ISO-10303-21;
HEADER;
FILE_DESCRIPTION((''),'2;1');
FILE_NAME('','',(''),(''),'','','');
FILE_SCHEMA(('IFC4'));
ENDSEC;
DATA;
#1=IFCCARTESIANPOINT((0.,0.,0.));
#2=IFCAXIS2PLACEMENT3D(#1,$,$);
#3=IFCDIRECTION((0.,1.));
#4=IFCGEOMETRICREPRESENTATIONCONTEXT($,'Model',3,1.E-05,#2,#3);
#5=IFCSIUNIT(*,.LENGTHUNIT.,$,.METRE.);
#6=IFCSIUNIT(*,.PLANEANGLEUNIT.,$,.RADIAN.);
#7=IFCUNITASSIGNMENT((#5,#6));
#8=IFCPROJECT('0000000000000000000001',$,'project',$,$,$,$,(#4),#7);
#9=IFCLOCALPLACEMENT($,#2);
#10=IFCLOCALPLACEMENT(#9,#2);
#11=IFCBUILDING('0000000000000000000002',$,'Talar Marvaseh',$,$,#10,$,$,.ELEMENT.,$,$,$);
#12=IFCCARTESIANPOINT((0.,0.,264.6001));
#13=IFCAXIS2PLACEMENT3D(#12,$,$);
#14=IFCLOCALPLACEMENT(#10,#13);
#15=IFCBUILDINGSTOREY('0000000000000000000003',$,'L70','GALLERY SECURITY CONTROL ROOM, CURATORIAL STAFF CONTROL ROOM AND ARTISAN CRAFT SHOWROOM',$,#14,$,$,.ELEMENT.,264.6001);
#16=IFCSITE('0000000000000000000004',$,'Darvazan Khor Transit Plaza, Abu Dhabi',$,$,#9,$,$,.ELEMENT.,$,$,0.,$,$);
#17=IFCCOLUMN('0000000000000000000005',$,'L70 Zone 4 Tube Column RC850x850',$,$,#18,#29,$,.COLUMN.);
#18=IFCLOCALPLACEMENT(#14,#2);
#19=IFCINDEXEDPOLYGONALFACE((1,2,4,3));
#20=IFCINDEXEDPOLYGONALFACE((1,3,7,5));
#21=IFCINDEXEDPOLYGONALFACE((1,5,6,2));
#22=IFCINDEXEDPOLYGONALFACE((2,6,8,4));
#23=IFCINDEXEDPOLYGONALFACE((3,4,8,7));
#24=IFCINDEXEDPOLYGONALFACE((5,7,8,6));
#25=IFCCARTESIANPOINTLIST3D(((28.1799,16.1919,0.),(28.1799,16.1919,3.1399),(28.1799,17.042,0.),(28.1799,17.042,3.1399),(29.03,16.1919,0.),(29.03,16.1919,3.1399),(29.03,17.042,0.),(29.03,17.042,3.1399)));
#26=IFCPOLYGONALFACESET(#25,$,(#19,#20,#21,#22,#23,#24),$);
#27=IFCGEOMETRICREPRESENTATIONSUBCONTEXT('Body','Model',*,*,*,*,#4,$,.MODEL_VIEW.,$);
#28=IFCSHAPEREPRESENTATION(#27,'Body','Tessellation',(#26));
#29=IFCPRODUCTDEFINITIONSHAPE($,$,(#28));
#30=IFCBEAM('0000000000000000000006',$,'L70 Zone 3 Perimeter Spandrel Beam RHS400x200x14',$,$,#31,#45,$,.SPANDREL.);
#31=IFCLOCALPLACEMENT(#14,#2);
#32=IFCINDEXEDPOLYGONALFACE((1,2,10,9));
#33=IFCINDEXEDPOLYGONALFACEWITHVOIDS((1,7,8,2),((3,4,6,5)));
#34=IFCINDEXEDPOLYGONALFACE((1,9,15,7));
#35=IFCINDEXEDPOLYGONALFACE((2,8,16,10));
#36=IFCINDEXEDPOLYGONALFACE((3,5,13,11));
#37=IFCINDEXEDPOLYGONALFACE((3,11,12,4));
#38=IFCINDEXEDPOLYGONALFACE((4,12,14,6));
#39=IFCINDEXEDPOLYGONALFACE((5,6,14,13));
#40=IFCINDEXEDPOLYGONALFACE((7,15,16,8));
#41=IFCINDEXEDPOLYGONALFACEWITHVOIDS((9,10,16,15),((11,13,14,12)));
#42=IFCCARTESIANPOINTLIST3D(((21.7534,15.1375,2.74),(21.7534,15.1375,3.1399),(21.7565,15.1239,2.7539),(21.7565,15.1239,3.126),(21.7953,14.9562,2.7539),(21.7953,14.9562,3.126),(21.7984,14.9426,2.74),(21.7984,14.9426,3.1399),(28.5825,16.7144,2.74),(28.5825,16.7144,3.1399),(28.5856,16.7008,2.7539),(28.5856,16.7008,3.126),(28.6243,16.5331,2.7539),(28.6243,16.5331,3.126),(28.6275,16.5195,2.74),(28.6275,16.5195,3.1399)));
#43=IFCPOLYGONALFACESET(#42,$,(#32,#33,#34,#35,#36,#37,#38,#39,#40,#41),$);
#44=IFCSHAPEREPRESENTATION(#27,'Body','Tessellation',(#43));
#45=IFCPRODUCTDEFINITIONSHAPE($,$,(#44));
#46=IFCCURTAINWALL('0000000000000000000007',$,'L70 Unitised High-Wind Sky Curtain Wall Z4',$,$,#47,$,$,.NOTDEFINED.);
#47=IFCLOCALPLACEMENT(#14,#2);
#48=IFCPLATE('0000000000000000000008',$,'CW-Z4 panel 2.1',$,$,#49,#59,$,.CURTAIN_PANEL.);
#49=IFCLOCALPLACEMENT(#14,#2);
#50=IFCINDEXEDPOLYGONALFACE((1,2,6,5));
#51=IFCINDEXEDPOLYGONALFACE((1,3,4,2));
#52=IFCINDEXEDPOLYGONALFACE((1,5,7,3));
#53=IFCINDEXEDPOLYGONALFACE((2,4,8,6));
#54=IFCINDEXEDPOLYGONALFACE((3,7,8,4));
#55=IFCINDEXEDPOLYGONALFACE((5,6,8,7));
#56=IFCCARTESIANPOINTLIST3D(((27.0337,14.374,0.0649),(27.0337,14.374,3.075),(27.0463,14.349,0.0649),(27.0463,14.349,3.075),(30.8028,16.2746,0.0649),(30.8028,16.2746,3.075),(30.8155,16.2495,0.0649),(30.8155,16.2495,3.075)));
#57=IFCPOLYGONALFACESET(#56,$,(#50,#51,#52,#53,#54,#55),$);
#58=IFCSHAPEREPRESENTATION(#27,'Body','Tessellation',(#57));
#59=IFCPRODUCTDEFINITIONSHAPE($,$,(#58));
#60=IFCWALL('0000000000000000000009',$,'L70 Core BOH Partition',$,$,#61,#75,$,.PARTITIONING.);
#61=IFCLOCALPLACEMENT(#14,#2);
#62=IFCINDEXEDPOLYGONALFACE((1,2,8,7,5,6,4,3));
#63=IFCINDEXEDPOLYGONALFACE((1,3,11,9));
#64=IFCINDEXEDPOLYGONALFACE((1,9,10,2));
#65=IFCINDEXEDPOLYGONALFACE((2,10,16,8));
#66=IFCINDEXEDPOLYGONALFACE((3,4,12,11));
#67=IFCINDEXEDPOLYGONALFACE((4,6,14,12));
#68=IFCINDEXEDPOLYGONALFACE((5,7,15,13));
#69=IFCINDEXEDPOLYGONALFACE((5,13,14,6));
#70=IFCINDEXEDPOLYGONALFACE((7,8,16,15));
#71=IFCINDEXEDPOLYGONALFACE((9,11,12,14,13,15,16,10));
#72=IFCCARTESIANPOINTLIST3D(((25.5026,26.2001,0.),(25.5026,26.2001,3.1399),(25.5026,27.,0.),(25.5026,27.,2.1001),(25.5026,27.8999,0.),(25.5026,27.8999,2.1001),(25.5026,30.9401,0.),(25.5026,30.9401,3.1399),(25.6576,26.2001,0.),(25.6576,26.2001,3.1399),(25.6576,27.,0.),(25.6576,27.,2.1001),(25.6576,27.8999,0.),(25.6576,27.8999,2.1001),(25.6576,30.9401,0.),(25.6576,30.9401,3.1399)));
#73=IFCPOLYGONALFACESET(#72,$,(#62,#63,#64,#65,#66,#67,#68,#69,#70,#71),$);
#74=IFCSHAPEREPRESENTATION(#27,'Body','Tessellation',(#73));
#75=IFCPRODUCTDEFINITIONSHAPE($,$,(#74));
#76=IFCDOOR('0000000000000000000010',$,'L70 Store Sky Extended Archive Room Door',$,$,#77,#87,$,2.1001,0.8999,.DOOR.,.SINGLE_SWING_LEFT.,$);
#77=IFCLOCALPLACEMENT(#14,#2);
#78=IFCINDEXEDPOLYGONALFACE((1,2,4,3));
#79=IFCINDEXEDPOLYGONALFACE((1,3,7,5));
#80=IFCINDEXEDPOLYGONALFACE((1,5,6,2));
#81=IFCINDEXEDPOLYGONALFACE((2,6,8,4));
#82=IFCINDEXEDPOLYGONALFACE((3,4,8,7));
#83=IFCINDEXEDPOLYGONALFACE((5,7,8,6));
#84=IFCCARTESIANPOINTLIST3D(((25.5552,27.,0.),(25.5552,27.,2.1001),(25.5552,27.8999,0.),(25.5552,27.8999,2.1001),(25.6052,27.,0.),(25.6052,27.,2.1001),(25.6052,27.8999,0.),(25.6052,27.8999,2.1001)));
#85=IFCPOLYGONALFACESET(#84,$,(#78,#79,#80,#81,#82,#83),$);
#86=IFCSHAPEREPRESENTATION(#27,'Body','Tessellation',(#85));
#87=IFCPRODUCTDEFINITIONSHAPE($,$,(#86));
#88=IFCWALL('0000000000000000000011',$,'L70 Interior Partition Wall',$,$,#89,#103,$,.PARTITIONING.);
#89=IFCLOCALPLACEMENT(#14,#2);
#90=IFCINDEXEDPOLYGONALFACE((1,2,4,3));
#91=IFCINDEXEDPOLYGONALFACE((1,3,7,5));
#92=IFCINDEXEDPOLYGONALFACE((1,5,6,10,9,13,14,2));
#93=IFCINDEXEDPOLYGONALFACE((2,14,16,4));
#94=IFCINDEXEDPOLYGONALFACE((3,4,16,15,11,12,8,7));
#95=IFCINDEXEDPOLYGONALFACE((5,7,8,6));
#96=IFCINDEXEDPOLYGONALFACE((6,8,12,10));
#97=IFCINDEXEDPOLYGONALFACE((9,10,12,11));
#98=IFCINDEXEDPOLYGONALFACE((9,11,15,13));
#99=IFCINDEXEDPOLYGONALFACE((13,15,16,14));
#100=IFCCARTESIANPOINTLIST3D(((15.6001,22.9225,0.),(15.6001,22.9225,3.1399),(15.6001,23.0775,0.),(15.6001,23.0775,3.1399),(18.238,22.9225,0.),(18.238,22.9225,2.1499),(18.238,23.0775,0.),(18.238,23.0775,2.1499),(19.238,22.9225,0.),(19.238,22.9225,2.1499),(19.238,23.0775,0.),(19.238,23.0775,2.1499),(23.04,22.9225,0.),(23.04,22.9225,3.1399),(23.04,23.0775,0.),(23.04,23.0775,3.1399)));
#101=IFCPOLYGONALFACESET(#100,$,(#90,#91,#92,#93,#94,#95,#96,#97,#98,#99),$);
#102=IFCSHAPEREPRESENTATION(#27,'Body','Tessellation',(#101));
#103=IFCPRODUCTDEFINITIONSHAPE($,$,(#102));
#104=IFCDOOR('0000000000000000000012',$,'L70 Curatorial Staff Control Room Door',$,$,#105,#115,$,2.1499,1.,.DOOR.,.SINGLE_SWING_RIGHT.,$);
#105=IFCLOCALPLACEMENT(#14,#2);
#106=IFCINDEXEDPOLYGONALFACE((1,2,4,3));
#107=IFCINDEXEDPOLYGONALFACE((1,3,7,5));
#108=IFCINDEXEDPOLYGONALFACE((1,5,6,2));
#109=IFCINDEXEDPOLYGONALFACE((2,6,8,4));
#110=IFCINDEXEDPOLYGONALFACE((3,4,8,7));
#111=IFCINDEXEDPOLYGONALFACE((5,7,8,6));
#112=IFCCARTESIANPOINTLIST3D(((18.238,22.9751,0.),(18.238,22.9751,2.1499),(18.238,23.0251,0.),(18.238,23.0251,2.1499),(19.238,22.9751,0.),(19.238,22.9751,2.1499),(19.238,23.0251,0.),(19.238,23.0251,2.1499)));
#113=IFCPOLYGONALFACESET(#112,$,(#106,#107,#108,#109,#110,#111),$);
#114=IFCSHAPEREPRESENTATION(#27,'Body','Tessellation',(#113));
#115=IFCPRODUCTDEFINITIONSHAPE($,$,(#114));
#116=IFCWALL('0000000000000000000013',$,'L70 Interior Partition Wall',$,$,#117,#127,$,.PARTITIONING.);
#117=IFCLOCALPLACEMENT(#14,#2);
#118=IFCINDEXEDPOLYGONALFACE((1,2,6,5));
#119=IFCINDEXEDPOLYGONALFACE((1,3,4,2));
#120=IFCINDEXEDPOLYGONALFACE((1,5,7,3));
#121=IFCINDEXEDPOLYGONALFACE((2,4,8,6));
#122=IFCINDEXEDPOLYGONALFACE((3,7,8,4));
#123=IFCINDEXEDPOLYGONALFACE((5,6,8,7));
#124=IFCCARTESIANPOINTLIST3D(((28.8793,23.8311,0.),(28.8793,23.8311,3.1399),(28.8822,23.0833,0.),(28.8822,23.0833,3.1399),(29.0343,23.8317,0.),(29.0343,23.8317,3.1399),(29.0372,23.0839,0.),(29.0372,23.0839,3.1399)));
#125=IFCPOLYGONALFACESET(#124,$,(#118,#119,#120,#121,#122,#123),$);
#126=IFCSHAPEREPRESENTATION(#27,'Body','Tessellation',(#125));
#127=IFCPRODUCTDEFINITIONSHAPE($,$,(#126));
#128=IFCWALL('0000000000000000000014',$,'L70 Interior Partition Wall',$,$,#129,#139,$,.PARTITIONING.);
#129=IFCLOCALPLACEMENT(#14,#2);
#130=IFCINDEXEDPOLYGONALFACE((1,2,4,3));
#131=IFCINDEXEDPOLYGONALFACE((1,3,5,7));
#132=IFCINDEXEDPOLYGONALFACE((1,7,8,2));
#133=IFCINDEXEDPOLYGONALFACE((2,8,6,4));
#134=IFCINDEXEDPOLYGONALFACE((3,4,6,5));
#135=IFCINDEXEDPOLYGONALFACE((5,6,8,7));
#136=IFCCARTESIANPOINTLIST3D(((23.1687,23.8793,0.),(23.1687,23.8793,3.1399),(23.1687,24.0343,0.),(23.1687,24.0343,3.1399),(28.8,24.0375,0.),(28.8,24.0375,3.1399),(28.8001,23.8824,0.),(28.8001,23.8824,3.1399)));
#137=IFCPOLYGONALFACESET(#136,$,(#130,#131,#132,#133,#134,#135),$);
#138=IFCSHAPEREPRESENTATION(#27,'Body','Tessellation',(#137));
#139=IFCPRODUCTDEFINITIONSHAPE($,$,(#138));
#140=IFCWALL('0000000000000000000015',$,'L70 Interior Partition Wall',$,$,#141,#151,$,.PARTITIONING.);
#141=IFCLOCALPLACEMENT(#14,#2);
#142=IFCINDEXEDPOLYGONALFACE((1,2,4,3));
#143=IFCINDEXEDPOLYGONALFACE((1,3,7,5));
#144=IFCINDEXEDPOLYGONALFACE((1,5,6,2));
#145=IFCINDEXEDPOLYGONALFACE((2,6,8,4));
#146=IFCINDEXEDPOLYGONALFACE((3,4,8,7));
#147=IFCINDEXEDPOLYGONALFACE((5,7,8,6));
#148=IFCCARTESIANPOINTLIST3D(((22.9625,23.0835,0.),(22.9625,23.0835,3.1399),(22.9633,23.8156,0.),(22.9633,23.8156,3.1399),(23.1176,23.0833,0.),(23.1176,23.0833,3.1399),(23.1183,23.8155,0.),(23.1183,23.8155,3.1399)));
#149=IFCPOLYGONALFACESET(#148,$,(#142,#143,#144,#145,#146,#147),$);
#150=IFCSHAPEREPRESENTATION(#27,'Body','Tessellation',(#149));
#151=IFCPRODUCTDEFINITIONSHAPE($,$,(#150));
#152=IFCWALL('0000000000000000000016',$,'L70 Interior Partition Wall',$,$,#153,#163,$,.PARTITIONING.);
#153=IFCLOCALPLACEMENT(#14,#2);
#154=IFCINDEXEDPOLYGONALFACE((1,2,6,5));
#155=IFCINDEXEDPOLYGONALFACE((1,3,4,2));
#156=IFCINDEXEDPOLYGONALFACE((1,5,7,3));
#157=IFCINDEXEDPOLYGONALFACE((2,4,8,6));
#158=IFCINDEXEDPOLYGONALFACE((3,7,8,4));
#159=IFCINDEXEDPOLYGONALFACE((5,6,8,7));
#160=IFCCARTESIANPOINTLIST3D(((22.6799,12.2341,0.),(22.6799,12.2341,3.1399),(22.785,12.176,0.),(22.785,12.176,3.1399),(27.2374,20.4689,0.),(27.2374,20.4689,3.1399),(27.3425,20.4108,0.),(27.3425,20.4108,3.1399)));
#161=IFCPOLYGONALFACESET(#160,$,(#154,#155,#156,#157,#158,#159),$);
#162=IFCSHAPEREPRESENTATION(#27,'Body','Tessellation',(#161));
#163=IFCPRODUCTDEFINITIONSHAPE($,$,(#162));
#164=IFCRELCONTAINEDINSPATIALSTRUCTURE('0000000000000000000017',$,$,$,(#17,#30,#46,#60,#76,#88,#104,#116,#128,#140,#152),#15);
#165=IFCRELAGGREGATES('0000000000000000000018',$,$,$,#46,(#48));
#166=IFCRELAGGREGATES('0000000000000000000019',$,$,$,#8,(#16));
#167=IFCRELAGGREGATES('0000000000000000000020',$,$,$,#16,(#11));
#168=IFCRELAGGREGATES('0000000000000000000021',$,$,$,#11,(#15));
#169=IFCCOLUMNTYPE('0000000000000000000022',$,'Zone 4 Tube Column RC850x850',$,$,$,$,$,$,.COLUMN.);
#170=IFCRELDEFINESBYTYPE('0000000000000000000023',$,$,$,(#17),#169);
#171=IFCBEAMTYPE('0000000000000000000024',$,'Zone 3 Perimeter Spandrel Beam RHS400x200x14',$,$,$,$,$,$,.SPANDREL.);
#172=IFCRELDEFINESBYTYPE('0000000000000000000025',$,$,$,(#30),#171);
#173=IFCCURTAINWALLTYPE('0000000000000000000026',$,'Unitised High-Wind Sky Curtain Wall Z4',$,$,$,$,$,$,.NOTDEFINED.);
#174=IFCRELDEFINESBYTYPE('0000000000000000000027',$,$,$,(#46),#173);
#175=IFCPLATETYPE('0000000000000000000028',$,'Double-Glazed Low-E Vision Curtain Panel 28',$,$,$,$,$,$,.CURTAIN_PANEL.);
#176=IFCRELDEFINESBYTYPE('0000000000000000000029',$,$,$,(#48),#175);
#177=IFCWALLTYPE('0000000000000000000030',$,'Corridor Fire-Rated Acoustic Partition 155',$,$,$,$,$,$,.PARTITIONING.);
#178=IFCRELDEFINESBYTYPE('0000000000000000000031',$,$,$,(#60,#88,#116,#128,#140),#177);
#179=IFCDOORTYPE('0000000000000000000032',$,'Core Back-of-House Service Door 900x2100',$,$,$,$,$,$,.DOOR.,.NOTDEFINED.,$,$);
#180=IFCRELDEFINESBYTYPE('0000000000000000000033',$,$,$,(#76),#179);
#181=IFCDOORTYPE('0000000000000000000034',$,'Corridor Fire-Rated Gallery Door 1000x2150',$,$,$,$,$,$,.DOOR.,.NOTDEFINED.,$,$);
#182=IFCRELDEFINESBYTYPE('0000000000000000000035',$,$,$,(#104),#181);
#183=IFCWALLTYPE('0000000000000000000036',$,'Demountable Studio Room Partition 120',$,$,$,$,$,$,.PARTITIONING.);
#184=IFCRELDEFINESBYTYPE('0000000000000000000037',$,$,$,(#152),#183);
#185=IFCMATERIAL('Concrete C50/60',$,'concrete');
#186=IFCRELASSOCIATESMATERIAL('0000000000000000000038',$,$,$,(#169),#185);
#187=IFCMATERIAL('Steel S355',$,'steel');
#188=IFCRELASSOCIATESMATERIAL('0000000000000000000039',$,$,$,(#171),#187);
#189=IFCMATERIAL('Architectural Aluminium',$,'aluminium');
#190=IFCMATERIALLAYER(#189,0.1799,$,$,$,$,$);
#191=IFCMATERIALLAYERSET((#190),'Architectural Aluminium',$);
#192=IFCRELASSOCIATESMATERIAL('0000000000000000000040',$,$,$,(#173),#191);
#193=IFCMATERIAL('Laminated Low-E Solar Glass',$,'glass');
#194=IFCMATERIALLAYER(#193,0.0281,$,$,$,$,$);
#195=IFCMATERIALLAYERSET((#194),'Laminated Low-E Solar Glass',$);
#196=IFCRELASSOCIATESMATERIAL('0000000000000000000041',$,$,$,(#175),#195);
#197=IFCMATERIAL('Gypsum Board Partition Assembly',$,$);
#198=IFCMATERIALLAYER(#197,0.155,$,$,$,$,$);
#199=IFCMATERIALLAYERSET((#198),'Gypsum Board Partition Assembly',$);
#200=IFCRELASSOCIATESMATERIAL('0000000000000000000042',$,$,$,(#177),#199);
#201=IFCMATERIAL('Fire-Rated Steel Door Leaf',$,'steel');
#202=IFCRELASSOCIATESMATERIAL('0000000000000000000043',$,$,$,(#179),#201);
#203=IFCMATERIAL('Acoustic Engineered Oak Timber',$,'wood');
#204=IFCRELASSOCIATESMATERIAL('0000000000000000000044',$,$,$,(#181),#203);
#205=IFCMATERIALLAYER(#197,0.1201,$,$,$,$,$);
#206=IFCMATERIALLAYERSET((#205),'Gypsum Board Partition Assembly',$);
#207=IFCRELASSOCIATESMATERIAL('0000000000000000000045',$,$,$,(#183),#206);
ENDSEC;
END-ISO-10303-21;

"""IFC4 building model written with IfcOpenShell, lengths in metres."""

from ifc_helpers import new_model, si_unit, direction, frame, frame_2d, origin, origin_2d, place, context, subcontext, project, spatial, rectangle, hollow_rectangle, extrude, source, transform, mapped, material, layer, layer_set, material_profile, profile_set, type_object, type_shapes, element, fill, aggregate, save


model = new_model("IFC4")

# Units and contexts
model_context = context("Model", 3, precision=1e-05, world=origin(), true_north=direction((0.0, 1.0)))
body_context = subcontext(model_context, "Body", "Model", "MODEL_VIEW")
ifc_project = project(units=[si_unit("LENGTHUNIT", "METRE"), si_unit("PLANEANGLEUNIT", "RADIAN")], contexts=[model_context])

# Site, building, storey
site_placement = place(None, origin())
site = spatial("IfcSite", under=ifc_project, at=site_placement, Name="Darvazan Khor Transit Plaza, Abu Dhabi", CompositionType="ELEMENT", RefElevation=0.0)
building_placement = place(site_placement, origin())
building = spatial("IfcBuilding", under=site, at=building_placement, Name="Talar Marvaseh", CompositionType="ELEMENT")
storey_placement = place(building_placement, frame((0.0, 0.0, 264.6001)))
storey = spatial("IfcBuildingStorey", under=building, at=storey_placement, Name="L70", Description="GALLERY SECURITY CONTROL ROOM, CURATORIAL STAFF CONTROL ROOM AND ARTISAN CRAFT SHOWROOM", CompositionType="ELEMENT", Elevation=264.6001)

# Column
ifc_material_1 = material(Name="Concrete C50/60", Category="concrete")
ifc_material_profile_1 = material_profile(ifc_material_1, rectangle(XDim=0.8501, YDim=0.8501, at=origin_2d()), Name="RC850x850")
ifc_profile_set_1 = profile_set([ifc_material_profile_1], Name="Concrete C50/60")
column_type = type_object("IfcColumnType", Name="Zone 4 Tube Column RC850x850", PredefinedType="COLUMN", material=ifc_profile_set_1)
column_placement = place(storey_placement, frame((28.605, 16.6169, 0.0), z_axis=(0.0, 0.0, 1.0), x_axis=(1.0, 0.0, 0.0)))
element("IfcColumn", 1, at=column_placement, inside=storey, type_object=column_type, Name="L70 Zone 4 Tube Column RC850x850", PredefinedType="COLUMN", context=body_context, shape_type="SweptSolid", body=[
    extrude(rectangle(XDim=0.8501, YDim=0.8501, at=origin_2d()), origin(), (0.0, 0.0, 1.0), 3.1399),
])

# Beam
ifc_material_2 = material(Name="Steel S355", Category="steel")
ifc_material_profile_2 = material_profile(ifc_material_2, hollow_rectangle(XDim=0.2, YDim=0.3999, WallThickness=0.0139, at=origin_2d()), Name="RHS400x200x14")
ifc_profile_set_2 = profile_set([ifc_material_profile_2], Name="Steel S355")
beam_type = type_object("IfcBeamType", Name="Zone 3 Perimeter Spandrel Beam RHS400x200x14", PredefinedType="SPANDREL", material=ifc_profile_set_2)
beam_placement = place(storey_placement, frame((28.605, 16.6169, 2.9399), z_axis=(-0.974361, -0.224989, 0.0), x_axis=(0.224989, -0.974361, 0.0)))
element("IfcBeam", 2, at=beam_placement, inside=storey, type_object=beam_type, Name="L70 Zone 3 Perimeter Spandrel Beam RHS400x200x14", PredefinedType="SPANDREL", context=body_context, shape_type="SweptSolid", body=[
    extrude(hollow_rectangle(XDim=0.2, YDim=0.3999, WallThickness=0.0139, at=origin_2d()), origin(), (0.0, 0.0, 1.0), 7.0088),
])

# Curtain wall, plate
ifc_material_3 = material(Name="Architectural Aluminium", Category="aluminium")
ifc_layer_1 = layer(ifc_material_3, 0.1799)
ifc_layer_set_1 = layer_set([ifc_layer_1], Name="Architectural Aluminium")
curtain_wall_type = type_object("IfcCurtainWallType", Name="Unitised High-Wind Sky Curtain Wall Z4", PredefinedType="NOTDEFINED", material=ifc_layer_set_1)
curtain_wall_placement = place(storey_placement, origin())
curtain_wall = element("IfcCurtainWall", 3, at=curtain_wall_placement, inside=storey, type_object=curtain_wall_type, Name="L70 Unitised High-Wind Sky Curtain Wall Z4", PredefinedType="NOTDEFINED")
ifc_material_4 = material(Name="Laminated Low-E Solar Glass", Category="glass")
ifc_layer_2 = layer(ifc_material_4, 0.0281)
ifc_layer_set_2 = layer_set([ifc_layer_2], Name="Laminated Low-E Solar Glass")
plate_type = type_object("IfcPlateType", Name="Double-Glazed Low-E Vision Curtain Panel 28", PredefinedType="CURTAIN_PANEL", material=ifc_layer_set_2)
shared_shape_1 = source(origin(), body_context, "Body", "SweptSolid", [
    extrude(rectangle(XDim=4.2212, YDim=0.0281, at=origin_2d()), origin(), (0.0, 0.0, 1.0), 3.01),
])
type_shapes(plate_type, [shared_shape_1])
plate_placement = place(storey_placement, frame((28.9246, 15.3118, 0.0649), z_axis=(0.0, 0.0, 1.0), x_axis=(-0.892909, -0.450237, 0.0)))
plate = element("IfcPlate", 4, at=plate_placement, type_object=plate_type, Name="CW-Z4 panel 2.1", PredefinedType="CURTAIN_PANEL", context=body_context, shape_type="MappedRepresentation", body=[
    mapped(shared_shape_1, transform((0.0, 0.0, 0.0), x_axis=(1.0, 0.0, 0.0), y_axis=(0.0, 1.0, 0.0), z_axis=(0.0, 0.0, 1.0), scale=1.0)),
])
aggregate(curtain_wall, [plate])

# Walls, openings, doors
ifc_material_5 = material(Name="Gypsum Board Partition Assembly")
ifc_layer_3 = layer(ifc_material_5, 0.155)
ifc_layer_set_3 = layer_set([ifc_layer_3], Name="Gypsum Board Partition Assembly")
wall_type_1 = type_object("IfcWallType", Name="Corridor Fire-Rated Acoustic Partition 155", PredefinedType="PARTITIONING", material=ifc_layer_set_3)
wall_1_placement = place(storey_placement, frame((25.5801, 26.2, 0.0), z_axis=(0.0, 0.0, 1.0), x_axis=(0.0, 1.0, 0.0)))
wall_1 = element("IfcWall", 5, at=wall_1_placement, inside=storey, type_object=wall_type_1, Name="L70 Core BOH Partition", PredefinedType="PARTITIONING", context=body_context, shape_type="SweptSolid", body=[
    extrude(rectangle(XDim=4.74, YDim=0.155, at=frame_2d((2.3701, 0.0))), origin(), (0.0, 0.0, 1.0), 3.1399),
])
opening_1_placement = place(wall_1_placement, frame((0.8, 0.0, 0.0)))
opening_1 = element("IfcOpeningElement", 6, at=opening_1_placement, cuts=wall_1, PredefinedType="OPENING", context=body_context, shape_type="SweptSolid", body=[
    extrude(rectangle(XDim=0.8999, YDim=2.1001, at=frame_2d((0.45, 1.05))), frame((0.0, 0.0874, 0.0), z_axis=(0.0, -1.0, 0.0), x_axis=(1.0, 0.0, 0.0)), (0.0, 0.0, 1.0), 0.175),
])
ifc_material_6 = material(Name="Fire-Rated Steel Door Leaf", Category="steel")
door_type_1 = type_object("IfcDoorType", Name="Core Back-of-House Service Door 900x2100", OperationType="NOTDEFINED", PredefinedType="DOOR", material=ifc_material_6)
shared_shape_2 = source(origin(), body_context, "Body", "SweptSolid", [
    extrude(rectangle(XDim=0.8999, YDim=2.1001, at=frame_2d((0.45, 1.05))), frame((0.0, 0.0249, 0.0), z_axis=(0.0, -1.0, 0.0), x_axis=(1.0, 0.0, 0.0)), (0.0, 0.0, 1.0), 0.05),
])
type_shapes(door_type_1, [shared_shape_2])
door_1_placement = place(opening_1_placement, origin())
door_1 = element("IfcDoor", 7, at=door_1_placement, inside=storey, type_object=door_type_1, Name="L70 Store Sky Extended Archive Room Door", OperationType="SINGLE_SWING_LEFT", OverallHeight=2.1001, OverallWidth=0.8999, PredefinedType="DOOR", context=body_context, shape_type="MappedRepresentation", body=[
    mapped(shared_shape_2, transform((0.0, 0.0, 0.0), x_axis=(1.0, 0.0, 0.0), y_axis=(0.0, 1.0, 0.0), z_axis=(0.0, 0.0, 1.0), scale=1.0)),
])
fill(opening_1, door_1)
wall_2_placement = place(storey_placement, frame((23.04, 23.0, 0.0), z_axis=(0.0, 0.0, 1.0), x_axis=(-1.0, 0.0, 0.0)))
wall_2 = element("IfcWall", 8, at=wall_2_placement, inside=storey, type_object=wall_type_1, Name="L70 Interior Partition Wall", PredefinedType="PARTITIONING", context=body_context, shape_type="SweptSolid", body=[
    extrude(rectangle(XDim=7.4399, YDim=0.155, at=frame_2d((3.72, 0.0))), origin(), (0.0, 0.0, 1.0), 3.1399),
])
opening_2_placement = place(wall_2_placement, frame((3.802, 0.0, 0.0)))
opening_2 = element("IfcOpeningElement", 9, at=opening_2_placement, cuts=wall_2, PredefinedType="OPENING", context=body_context, shape_type="SweptSolid", body=[
    extrude(rectangle(XDim=1.0, YDim=2.1499, at=frame_2d((0.5, 1.075))), frame((0.0, 0.0874, 0.0), z_axis=(0.0, -1.0, 0.0), x_axis=(1.0, 0.0, 0.0)), (0.0, 0.0, 1.0), 0.175),
])
ifc_material_7 = material(Name="Acoustic Engineered Oak Timber", Category="wood")
door_type_2 = type_object("IfcDoorType", Name="Corridor Fire-Rated Gallery Door 1000x2150", OperationType="NOTDEFINED", PredefinedType="DOOR", material=ifc_material_7)
shared_shape_3 = source(origin(), body_context, "Body", "SweptSolid", [
    extrude(rectangle(XDim=1.0, YDim=2.1499, at=frame_2d((0.5, 1.075))), frame((0.0, 0.0249, 0.0), z_axis=(0.0, -1.0, 0.0), x_axis=(1.0, 0.0, 0.0)), (0.0, 0.0, 1.0), 0.05),
])
type_shapes(door_type_2, [shared_shape_3])
door_2_placement = place(opening_2_placement, origin())
door_2 = element("IfcDoor", 10, at=door_2_placement, inside=storey, type_object=door_type_2, Name="L70 Curatorial Staff Control Room Door", OperationType="SINGLE_SWING_RIGHT", OverallHeight=2.1499, OverallWidth=1.0, PredefinedType="DOOR", context=body_context, shape_type="MappedRepresentation", body=[
    mapped(shared_shape_3, transform((0.0, 0.0, 0.0), x_axis=(1.0, 0.0, 0.0), y_axis=(0.0, 1.0, 0.0), z_axis=(0.0, 0.0, 1.0), scale=1.0)),
])
fill(opening_2, door_2)

# Walls
wall_3_placement = place(storey_placement, frame((28.9597, 23.0835, 0.0), z_axis=(0.0, 0.0, 1.0), x_axis=(-0.003918, 0.999992, 0.0)))
element("IfcWall", 11, at=wall_3_placement, inside=storey, type_object=wall_type_1, Name="L70 Interior Partition Wall", PredefinedType="PARTITIONING", context=body_context, shape_type="SweptSolid", body=[
    extrude(rectangle(XDim=0.7478, YDim=0.155, at=frame_2d((0.374, 0.0))), origin(), (0.0, 0.0, 1.0), 3.1399),
])
wall_4_placement = place(storey_placement, frame((28.8, 23.96, 0.0), z_axis=(0.0, 0.0, 1.0), x_axis=(-1.0, -0.000564, 0.0)))
element("IfcWall", 12, at=wall_4_placement, inside=storey, type_object=wall_type_1, Name="L70 Interior Partition Wall", PredefinedType="PARTITIONING", context=body_context, shape_type="SweptSolid", body=[
    extrude(rectangle(XDim=5.6313, YDim=0.155, at=frame_2d((2.8157, 0.0))), origin(), (0.0, 0.0, 1.0), 3.1399),
])
wall_5_placement = place(storey_placement, frame((23.0408, 23.8157, 0.0), z_axis=(0.0, 0.0, 1.0), x_axis=(-0.001, -0.999999, 0.0)))
element("IfcWall", 13, at=wall_5_placement, inside=storey, type_object=wall_type_1, Name="L70 Interior Partition Wall", PredefinedType="PARTITIONING", context=body_context, shape_type="SweptSolid", body=[
    extrude(rectangle(XDim=0.7322, YDim=0.155, at=frame_2d((0.3662, 0.0))), origin(), (0.0, 0.0, 1.0), 3.1399),
])
ifc_layer_4 = layer(ifc_material_5, 0.1201)
ifc_layer_set_4 = layer_set([ifc_layer_4], Name="Gypsum Board Partition Assembly")
wall_type_2 = type_object("IfcWallType", Name="Demountable Studio Room Partition 120", PredefinedType="PARTITIONING", material=ifc_layer_set_4)
wall_6_placement = place(storey_placement, frame((27.29, 20.4399, 0.0), z_axis=(0.0, 0.0, 1.0), x_axis=(-0.484237, -0.874937, 0.0)))
element("IfcWall", 14, at=wall_6_placement, inside=storey, type_object=wall_type_2, Name="L70 Interior Partition Wall", PredefinedType="PARTITIONING", context=body_context, shape_type="SweptSolid", body=[
    extrude(rectangle(XDim=9.4119, YDim=0.1201, at=frame_2d((4.7061, 0.0))), origin(), (0.0, 0.0, 1.0), 3.1399),
])

save(model, "model.ifc")
